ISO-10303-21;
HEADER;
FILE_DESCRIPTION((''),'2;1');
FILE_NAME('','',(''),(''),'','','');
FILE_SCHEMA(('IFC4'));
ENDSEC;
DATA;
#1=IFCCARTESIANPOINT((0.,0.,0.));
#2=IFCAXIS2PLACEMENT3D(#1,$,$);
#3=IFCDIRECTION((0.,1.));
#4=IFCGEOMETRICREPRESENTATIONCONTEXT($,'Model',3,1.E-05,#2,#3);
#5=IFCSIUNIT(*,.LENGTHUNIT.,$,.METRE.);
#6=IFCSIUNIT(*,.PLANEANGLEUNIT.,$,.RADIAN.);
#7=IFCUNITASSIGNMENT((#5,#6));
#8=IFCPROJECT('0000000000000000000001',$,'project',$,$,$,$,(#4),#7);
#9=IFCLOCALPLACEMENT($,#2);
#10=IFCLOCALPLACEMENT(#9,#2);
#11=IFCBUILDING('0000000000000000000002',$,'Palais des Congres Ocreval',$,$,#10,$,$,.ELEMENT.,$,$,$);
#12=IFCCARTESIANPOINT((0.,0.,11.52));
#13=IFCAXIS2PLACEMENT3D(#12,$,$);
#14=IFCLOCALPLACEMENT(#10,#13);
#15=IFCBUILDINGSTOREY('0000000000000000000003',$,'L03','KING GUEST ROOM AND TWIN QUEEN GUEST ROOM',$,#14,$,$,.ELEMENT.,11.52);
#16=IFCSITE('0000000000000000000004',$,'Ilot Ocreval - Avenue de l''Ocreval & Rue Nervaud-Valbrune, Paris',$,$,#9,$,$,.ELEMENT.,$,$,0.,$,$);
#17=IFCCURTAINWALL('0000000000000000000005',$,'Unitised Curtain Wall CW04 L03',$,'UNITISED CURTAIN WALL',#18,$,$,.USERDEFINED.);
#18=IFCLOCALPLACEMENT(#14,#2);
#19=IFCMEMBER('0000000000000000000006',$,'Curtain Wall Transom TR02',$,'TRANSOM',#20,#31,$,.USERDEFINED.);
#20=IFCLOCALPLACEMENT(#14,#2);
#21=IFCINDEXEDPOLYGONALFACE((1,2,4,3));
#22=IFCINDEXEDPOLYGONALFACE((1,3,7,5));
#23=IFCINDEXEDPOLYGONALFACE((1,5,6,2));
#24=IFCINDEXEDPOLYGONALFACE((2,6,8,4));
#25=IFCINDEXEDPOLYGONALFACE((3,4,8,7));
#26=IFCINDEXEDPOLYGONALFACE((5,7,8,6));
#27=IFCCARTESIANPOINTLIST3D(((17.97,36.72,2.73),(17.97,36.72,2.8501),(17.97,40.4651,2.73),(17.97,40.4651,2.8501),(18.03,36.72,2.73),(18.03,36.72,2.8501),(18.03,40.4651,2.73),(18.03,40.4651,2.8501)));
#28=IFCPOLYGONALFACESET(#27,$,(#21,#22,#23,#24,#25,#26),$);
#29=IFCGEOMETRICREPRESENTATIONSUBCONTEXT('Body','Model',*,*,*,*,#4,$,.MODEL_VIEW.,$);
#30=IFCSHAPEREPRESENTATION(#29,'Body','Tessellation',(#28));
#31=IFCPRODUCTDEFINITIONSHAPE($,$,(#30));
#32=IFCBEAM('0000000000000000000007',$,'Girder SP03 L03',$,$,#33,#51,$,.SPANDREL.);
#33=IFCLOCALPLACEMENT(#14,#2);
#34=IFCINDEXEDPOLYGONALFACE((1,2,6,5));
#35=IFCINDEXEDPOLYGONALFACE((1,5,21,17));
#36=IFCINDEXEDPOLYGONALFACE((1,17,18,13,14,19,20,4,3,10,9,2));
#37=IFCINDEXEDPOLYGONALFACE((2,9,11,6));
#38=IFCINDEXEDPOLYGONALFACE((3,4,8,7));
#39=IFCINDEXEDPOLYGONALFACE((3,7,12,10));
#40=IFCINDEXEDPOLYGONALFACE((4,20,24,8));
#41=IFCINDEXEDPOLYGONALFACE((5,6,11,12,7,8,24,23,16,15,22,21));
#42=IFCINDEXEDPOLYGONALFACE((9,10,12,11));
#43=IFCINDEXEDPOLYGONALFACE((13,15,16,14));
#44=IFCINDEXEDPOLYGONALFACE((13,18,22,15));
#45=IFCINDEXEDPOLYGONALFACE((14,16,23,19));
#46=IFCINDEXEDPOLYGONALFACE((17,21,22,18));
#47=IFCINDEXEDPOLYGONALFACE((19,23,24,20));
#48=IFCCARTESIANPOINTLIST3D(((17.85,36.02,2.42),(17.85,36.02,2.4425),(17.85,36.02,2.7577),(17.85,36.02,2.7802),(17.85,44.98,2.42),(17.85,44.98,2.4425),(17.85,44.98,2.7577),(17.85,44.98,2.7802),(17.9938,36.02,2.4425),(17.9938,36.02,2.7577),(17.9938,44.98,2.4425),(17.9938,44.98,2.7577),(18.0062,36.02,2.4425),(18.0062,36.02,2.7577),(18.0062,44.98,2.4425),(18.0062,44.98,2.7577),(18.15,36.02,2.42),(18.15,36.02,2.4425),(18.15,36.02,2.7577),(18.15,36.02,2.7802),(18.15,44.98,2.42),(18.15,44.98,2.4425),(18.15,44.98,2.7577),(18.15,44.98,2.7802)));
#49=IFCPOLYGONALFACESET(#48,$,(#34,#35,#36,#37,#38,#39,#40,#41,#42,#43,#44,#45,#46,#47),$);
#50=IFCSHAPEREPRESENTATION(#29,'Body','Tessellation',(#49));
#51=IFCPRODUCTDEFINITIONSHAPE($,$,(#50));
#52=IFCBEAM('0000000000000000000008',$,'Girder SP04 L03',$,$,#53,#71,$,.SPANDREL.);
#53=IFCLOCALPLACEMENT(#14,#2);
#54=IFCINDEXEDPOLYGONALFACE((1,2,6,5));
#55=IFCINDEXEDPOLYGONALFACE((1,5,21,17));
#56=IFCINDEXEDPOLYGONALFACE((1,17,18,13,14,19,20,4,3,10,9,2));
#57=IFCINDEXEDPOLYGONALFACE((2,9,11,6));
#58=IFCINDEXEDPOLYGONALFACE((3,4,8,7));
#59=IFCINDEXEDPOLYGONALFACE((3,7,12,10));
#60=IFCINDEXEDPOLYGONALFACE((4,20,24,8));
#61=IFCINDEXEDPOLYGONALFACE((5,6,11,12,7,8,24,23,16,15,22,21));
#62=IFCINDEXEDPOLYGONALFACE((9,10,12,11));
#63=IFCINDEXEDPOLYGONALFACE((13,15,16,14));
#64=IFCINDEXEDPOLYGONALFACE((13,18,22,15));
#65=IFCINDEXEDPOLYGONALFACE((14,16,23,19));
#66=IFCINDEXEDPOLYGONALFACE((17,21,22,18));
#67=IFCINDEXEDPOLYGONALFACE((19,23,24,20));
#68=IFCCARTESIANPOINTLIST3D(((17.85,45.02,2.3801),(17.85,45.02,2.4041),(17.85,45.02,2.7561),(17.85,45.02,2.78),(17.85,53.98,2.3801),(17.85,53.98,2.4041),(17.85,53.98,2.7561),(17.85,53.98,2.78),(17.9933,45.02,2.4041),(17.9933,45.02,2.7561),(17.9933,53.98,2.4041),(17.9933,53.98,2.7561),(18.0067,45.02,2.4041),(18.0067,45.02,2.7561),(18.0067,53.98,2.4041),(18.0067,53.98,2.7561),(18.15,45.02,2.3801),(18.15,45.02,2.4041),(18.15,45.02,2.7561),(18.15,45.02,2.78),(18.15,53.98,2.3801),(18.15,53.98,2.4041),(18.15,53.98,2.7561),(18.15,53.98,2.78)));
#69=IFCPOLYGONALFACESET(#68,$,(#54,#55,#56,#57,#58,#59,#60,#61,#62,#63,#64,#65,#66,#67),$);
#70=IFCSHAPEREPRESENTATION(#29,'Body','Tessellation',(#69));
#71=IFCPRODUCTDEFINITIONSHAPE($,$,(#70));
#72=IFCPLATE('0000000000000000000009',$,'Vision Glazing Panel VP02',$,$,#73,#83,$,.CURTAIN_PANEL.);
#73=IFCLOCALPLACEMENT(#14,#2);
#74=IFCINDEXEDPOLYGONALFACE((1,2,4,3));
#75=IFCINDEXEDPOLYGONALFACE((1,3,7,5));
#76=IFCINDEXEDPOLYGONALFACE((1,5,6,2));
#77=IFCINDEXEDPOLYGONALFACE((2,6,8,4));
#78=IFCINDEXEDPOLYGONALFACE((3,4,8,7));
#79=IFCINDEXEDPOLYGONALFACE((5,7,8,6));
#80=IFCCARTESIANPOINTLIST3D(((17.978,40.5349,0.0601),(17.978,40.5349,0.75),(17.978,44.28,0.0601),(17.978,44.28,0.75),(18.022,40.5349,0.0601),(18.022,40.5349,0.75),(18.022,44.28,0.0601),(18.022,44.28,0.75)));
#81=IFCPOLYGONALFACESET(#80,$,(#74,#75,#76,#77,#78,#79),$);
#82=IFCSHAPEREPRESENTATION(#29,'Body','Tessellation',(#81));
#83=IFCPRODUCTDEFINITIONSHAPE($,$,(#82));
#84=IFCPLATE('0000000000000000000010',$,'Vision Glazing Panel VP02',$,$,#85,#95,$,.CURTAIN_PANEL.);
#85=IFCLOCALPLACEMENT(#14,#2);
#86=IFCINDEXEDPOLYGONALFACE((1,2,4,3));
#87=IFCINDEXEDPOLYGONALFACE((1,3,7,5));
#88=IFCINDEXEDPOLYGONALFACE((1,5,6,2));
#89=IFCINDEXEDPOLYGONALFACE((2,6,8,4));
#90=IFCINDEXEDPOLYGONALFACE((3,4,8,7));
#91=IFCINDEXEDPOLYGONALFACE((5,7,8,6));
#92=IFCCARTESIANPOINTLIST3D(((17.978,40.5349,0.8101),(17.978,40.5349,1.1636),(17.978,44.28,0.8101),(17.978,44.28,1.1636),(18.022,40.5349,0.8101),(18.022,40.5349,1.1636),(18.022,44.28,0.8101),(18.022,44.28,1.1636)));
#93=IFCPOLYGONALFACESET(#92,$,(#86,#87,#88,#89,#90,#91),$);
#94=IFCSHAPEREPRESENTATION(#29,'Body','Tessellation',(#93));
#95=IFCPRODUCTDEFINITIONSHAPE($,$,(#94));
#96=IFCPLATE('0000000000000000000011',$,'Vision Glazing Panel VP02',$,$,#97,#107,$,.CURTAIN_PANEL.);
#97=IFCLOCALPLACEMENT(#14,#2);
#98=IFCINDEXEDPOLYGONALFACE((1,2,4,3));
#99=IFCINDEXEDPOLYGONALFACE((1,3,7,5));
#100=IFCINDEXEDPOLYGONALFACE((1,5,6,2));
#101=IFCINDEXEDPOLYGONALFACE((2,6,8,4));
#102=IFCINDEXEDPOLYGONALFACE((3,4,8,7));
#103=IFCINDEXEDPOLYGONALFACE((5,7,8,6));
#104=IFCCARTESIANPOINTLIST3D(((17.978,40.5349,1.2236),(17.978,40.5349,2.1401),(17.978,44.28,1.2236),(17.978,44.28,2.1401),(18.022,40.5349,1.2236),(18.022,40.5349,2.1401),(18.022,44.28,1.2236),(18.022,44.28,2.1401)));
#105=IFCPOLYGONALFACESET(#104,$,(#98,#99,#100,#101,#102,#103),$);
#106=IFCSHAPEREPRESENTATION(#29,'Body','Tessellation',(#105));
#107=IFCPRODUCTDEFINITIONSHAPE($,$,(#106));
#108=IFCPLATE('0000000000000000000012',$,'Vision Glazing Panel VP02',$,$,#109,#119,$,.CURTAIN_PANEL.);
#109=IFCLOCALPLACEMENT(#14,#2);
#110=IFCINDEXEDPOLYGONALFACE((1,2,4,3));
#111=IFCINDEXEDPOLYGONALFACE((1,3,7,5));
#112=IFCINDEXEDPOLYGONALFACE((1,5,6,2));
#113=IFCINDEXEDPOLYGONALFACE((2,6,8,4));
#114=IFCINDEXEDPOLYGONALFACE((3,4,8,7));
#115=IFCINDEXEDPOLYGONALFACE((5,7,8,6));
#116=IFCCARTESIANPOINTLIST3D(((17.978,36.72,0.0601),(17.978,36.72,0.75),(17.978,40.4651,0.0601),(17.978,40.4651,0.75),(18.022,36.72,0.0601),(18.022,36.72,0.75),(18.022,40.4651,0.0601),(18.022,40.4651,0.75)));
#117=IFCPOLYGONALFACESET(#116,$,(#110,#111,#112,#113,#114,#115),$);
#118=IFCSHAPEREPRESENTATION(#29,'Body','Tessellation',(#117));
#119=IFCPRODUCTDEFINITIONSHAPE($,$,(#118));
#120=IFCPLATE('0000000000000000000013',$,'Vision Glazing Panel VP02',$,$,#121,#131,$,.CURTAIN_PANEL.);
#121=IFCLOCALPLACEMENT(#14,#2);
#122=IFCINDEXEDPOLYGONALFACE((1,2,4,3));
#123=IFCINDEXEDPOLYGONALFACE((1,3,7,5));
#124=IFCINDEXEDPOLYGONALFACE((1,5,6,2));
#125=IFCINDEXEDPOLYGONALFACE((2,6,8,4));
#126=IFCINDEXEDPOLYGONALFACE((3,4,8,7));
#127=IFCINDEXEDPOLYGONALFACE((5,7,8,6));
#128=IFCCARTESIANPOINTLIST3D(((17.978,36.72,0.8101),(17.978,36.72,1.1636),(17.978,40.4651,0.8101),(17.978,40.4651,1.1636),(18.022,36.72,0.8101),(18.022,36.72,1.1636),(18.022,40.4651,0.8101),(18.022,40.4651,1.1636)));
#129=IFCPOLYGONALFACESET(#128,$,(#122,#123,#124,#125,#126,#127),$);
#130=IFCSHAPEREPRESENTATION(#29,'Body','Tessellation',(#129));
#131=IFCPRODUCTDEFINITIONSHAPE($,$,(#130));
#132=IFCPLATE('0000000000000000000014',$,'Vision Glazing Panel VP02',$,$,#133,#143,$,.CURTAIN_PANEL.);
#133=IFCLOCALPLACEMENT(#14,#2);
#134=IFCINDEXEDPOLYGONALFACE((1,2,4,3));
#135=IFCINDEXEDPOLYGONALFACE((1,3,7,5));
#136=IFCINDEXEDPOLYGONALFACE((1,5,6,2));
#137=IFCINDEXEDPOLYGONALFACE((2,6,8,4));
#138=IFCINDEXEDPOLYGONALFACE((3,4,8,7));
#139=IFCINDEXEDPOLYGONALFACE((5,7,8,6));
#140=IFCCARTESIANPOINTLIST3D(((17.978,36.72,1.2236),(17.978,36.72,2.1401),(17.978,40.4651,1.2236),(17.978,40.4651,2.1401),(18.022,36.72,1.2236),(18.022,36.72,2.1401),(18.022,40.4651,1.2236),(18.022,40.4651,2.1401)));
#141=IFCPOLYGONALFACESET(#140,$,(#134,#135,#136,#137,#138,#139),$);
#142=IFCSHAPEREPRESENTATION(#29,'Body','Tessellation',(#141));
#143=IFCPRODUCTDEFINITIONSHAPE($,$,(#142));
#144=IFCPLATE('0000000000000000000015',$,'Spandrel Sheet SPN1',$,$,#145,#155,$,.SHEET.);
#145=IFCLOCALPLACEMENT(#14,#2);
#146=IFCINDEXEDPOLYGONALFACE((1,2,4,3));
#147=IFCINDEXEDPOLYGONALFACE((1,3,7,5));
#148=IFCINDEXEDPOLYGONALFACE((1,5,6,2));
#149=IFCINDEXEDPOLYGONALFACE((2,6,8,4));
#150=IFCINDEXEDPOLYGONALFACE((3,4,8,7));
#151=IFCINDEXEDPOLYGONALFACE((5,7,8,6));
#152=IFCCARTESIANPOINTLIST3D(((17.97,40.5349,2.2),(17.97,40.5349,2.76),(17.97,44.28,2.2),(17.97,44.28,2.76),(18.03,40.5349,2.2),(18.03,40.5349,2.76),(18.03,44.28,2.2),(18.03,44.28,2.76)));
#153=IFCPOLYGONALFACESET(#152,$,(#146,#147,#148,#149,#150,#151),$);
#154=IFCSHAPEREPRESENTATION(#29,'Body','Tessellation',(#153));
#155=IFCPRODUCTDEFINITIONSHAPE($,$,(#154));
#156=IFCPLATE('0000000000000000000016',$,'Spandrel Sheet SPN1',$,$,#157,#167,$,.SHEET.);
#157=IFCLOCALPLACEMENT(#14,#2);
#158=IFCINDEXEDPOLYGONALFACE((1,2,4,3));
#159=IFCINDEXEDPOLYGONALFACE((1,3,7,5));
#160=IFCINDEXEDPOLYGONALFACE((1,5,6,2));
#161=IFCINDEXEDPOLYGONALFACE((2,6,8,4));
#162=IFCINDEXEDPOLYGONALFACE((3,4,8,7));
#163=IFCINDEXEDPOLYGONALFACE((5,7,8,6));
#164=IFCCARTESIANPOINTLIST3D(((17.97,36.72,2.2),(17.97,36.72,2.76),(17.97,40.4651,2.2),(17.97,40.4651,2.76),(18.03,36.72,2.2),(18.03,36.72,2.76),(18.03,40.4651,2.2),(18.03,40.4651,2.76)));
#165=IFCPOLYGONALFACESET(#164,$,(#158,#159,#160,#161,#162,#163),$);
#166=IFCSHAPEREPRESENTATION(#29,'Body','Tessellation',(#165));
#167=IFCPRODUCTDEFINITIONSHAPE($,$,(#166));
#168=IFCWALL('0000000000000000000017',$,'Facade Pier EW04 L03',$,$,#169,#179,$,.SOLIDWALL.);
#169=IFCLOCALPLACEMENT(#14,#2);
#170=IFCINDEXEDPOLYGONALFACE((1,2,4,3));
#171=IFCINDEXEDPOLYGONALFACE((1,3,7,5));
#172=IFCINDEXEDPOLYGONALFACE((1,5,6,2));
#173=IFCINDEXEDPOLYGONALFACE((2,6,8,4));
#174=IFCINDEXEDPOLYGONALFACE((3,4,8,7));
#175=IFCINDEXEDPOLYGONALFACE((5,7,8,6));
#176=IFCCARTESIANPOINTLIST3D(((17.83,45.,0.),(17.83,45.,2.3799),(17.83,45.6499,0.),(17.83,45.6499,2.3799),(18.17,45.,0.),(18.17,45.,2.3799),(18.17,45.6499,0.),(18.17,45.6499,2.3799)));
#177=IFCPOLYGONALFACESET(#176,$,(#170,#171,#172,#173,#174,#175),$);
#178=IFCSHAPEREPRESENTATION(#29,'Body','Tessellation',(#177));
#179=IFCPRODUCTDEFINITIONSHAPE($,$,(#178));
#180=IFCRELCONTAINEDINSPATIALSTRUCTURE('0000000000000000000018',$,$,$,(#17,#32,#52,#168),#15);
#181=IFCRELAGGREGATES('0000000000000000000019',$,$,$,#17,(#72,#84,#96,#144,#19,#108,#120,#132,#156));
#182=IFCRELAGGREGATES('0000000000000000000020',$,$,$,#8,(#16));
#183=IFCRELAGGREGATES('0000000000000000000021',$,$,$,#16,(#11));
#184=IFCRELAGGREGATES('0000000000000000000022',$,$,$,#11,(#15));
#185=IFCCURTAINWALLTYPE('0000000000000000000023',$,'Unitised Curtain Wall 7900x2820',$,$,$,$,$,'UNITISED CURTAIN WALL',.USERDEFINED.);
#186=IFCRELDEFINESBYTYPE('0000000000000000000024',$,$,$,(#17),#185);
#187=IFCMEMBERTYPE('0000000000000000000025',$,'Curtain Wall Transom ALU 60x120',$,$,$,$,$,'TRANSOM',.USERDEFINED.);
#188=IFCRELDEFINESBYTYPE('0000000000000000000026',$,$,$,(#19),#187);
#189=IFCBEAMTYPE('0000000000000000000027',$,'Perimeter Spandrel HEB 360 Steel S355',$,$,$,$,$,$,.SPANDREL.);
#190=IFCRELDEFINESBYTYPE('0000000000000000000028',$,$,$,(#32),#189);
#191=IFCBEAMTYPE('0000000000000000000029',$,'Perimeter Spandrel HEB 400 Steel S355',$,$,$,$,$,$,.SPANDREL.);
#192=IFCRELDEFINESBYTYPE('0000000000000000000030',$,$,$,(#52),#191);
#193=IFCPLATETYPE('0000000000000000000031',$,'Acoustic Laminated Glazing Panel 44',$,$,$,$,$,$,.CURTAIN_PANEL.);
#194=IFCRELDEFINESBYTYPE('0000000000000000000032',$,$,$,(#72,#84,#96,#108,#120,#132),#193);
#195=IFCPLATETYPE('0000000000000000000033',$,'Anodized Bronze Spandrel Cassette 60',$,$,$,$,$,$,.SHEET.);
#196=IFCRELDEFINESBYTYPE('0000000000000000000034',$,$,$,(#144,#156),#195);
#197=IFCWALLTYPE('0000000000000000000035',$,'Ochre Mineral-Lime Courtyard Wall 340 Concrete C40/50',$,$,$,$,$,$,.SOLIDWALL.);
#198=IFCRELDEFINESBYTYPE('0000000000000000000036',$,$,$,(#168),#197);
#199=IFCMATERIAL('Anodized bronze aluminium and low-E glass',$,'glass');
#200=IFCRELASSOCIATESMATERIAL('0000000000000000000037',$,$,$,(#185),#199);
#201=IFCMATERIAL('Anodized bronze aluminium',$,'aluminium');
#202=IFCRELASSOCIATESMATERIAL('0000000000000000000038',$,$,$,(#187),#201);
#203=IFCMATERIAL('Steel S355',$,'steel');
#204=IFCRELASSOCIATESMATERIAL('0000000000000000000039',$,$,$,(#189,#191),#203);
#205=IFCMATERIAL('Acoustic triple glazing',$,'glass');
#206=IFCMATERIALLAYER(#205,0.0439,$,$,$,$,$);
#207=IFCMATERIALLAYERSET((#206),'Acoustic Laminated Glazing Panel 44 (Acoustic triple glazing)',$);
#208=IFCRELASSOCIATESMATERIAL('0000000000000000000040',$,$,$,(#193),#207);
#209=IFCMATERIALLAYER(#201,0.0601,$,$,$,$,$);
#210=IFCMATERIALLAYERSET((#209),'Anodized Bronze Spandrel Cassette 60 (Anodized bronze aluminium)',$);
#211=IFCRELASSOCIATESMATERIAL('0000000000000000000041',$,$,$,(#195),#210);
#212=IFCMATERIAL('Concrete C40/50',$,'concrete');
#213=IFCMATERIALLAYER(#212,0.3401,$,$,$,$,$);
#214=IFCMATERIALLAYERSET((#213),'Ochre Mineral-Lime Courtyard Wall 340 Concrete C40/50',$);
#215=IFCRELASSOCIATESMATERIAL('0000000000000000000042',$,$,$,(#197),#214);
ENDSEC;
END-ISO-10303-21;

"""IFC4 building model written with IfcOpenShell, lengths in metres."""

from ifc_helpers import new_model, si_unit, direction, frame, frame_2d, origin, origin_2d, place, context, subcontext, project, spatial, rectangle, i_section, extrude, material, layer, layer_set, material_profile, profile_set, type_object, element, aggregate, save


model = new_model("IFC4")

# Units and contexts
model_context = context("Model", 3, precision=1e-05, world=origin(), true_north=direction((0.0, 1.0)))
body_context = subcontext(model_context, "Body", "Model", "MODEL_VIEW")
ifc_project = project(units=[si_unit("LENGTHUNIT", "METRE"), si_unit("PLANEANGLEUNIT", "RADIAN")], contexts=[model_context])

# Site, building, storey
site_placement = place(None, origin())
site = spatial("IfcSite", under=ifc_project, at=site_placement, Name="Ilot Ocreval - Avenue de l'Ocreval & Rue Nervaud-Valbrune, Paris", CompositionType="ELEMENT", RefElevation=0.0)
building_placement = place(site_placement, origin())
building = spatial("IfcBuilding", under=site, at=building_placement, Name="Palais des Congres Ocreval", CompositionType="ELEMENT")
storey_placement = place(building_placement, frame((0.0, 0.0, 11.52)))
storey = spatial("IfcBuildingStorey", under=building, at=storey_placement, Name="L03", Description="KING GUEST ROOM AND TWIN QUEEN GUEST ROOM", CompositionType="ELEMENT", Elevation=11.52)

# Shared definitions
ifc_material_1 = material(Name="Concrete C40/50", Category="concrete")

# Shared definitions
ifc_material_2 = material(Name="Anodized bronze aluminium and low-E glass", Category="glass")
curtain_wall_type = type_object("IfcCurtainWallType", Name="Unitised Curtain Wall 7900x2820", ElementType="UNITISED CURTAIN WALL", PredefinedType="USERDEFINED", material=ifc_material_2)
ifc_material_3 = material(Name="Anodized bronze aluminium", Category="aluminium")

# Curtain wall, member
curtain_wall_1_placement = place(storey_placement, origin())
curtain_wall_1 = element("IfcCurtainWall", 1, at=curtain_wall_1_placement, inside=storey, type_object=curtain_wall_type, Name="Unitised Curtain Wall CW04 L03", ObjectType="UNITISED CURTAIN WALL", PredefinedType="USERDEFINED")
ifc_material_profile_1 = material_profile(ifc_material_3, rectangle(XDim=0.0601, YDim=0.1201, at=origin_2d()), Name="ALU 60x120")
ifc_profile_set_1 = profile_set([ifc_material_profile_1], Name="Anodized bronze aluminium")
member_type_1 = type_object("IfcMemberType", Name="Curtain Wall Transom ALU 60x120", ElementType="TRANSOM", PredefinedType="USERDEFINED", material=ifc_profile_set_1)
member_1_placement = place(storey_placement, frame((18.0, 40.4651, 2.79), z_axis=(0.0, -1.0, 0.0), x_axis=(1.0, 0.0, 0.0)))
member_1 = element("IfcMember", 2, at=member_1_placement, type_object=member_type_1, Name="Curtain Wall Transom TR02", ObjectType="TRANSOM", PredefinedType="USERDEFINED", context=body_context, shape_type="SweptSolid", body=[
    extrude(rectangle(XDim=0.0601, YDim=0.1201, at=origin_2d()), origin(), (0.0, 0.0, 1.0), 3.7451),
])

# Beams
ifc_material_4 = material(Name="Steel S355", Category="steel")
ifc_material_profile_2 = material_profile(ifc_material_4, i_section(OverallWidth=0.3, OverallDepth=0.3601, WebThickness=0.0125, FlangeThickness=0.0225, at=origin_2d()), Name="HEB 360")
ifc_profile_set_2 = profile_set([ifc_material_profile_2], Name="Steel S355")
beam_type_1 = type_object("IfcBeamType", Name="Perimeter Spandrel HEB 360 Steel S355", PredefinedType="SPANDREL", material=ifc_profile_set_2)
beam_1_placement = place(storey_placement, frame((18.0, 36.02, 2.6001), z_axis=(0.0, 1.0, 0.0), x_axis=(-1.0, 0.0, 0.0)))
element("IfcBeam", 3, at=beam_1_placement, inside=storey, type_object=beam_type_1, Name="Girder SP03 L03", PredefinedType="SPANDREL", context=body_context, shape_type="SweptSolid", body=[
    extrude(i_section(OverallWidth=0.3, OverallDepth=0.3601, WebThickness=0.0125, FlangeThickness=0.0225, at=origin_2d()), origin(), (0.0, 0.0, 1.0), 8.96),
])
ifc_material_profile_3 = material_profile(ifc_material_4, i_section(OverallWidth=0.3, OverallDepth=0.3999, WebThickness=0.0134, FlangeThickness=0.0239, at=origin_2d()), Name="HEB 400")
ifc_profile_set_3 = profile_set([ifc_material_profile_3], Name="Steel S355")
beam_type_2 = type_object("IfcBeamType", Name="Perimeter Spandrel HEB 400 Steel S355", PredefinedType="SPANDREL", material=ifc_profile_set_3)
beam_2_placement = place(storey_placement, frame((18.0, 45.02, 2.5801), z_axis=(0.0, 1.0, 0.0), x_axis=(-1.0, 0.0, 0.0)))
element("IfcBeam", 4, at=beam_2_placement, inside=storey, type_object=beam_type_2, Name="Girder SP04 L03", PredefinedType="SPANDREL", context=body_context, shape_type="SweptSolid", body=[
    extrude(i_section(OverallWidth=0.3, OverallDepth=0.3999, WebThickness=0.0134, FlangeThickness=0.0239, at=origin_2d()), origin(), (0.0, 0.0, 1.0), 8.96),
])

# Plates
ifc_material_5 = material(Name="Acoustic triple glazing", Category="glass")
ifc_layer_1 = layer(ifc_material_5, 0.0439)
ifc_layer_set_1 = layer_set([ifc_layer_1], Name="Acoustic Laminated Glazing Panel 44 (Acoustic triple glazing)")
plate_type_1 = type_object("IfcPlateType", Name="Acoustic Laminated Glazing Panel 44", PredefinedType="CURTAIN_PANEL", material=ifc_layer_set_1)
plate_1_placement = place(storey_placement, frame((18.0, 42.4075, 0.0601), z_axis=(0.0, 0.0, 1.0), x_axis=(0.0, -1.0, 0.0)))
plate_1 = element("IfcPlate", 5, at=plate_1_placement, type_object=plate_type_1, Name="Vision Glazing Panel VP02", PredefinedType="CURTAIN_PANEL", context=body_context, shape_type="SweptSolid", body=[
    extrude(rectangle(XDim=3.7451, YDim=0.0439, at=origin_2d()), origin(), (0.0, 0.0, 1.0), 0.6899),
])
plate_2_placement = place(storey_placement, frame((18.0, 42.4075, 0.8101), z_axis=(0.0, 0.0, 1.0), x_axis=(0.0, -1.0, 0.0)))
plate_2 = element("IfcPlate", 6, at=plate_2_placement, type_object=plate_type_1, Name="Vision Glazing Panel VP02", PredefinedType="CURTAIN_PANEL", context=body_context, shape_type="SweptSolid", body=[
    extrude(rectangle(XDim=3.7451, YDim=0.0439, at=origin_2d()), origin(), (0.0, 0.0, 1.0), 0.3535),
])
plate_3_placement = place(storey_placement, frame((18.0, 42.4075, 1.2236), z_axis=(0.0, 0.0, 1.0), x_axis=(0.0, -1.0, 0.0)))
plate_3 = element("IfcPlate", 7, at=plate_3_placement, type_object=plate_type_1, Name="Vision Glazing Panel VP02", PredefinedType="CURTAIN_PANEL", context=body_context, shape_type="SweptSolid", body=[
    extrude(rectangle(XDim=3.7451, YDim=0.0439, at=origin_2d()), origin(), (0.0, 0.0, 1.0), 0.9165),
])
plate_4_placement = place(storey_placement, frame((18.0, 38.5925, 0.0601), z_axis=(0.0, 0.0, 1.0), x_axis=(0.0, -1.0, 0.0)))
plate_4 = element("IfcPlate", 8, at=plate_4_placement, type_object=plate_type_1, Name="Vision Glazing Panel VP02", PredefinedType="CURTAIN_PANEL", context=body_context, shape_type="SweptSolid", body=[
    extrude(rectangle(XDim=3.7451, YDim=0.0439, at=origin_2d()), origin(), (0.0, 0.0, 1.0), 0.6899),
])
plate_5_placement = place(storey_placement, frame((18.0, 38.5925, 0.8101), z_axis=(0.0, 0.0, 1.0), x_axis=(0.0, -1.0, 0.0)))
plate_5 = element("IfcPlate", 9, at=plate_5_placement, type_object=plate_type_1, Name="Vision Glazing Panel VP02", PredefinedType="CURTAIN_PANEL", context=body_context, shape_type="SweptSolid", body=[
    extrude(rectangle(XDim=3.7451, YDim=0.0439, at=origin_2d()), origin(), (0.0, 0.0, 1.0), 0.3535),
])
plate_6_placement = place(storey_placement, frame((18.0, 38.5925, 1.2236), z_axis=(0.0, 0.0, 1.0), x_axis=(0.0, -1.0, 0.0)))
plate_6 = element("IfcPlate", 10, at=plate_6_placement, type_object=plate_type_1, Name="Vision Glazing Panel VP02", PredefinedType="CURTAIN_PANEL", context=body_context, shape_type="SweptSolid", body=[
    extrude(rectangle(XDim=3.7451, YDim=0.0439, at=origin_2d()), origin(), (0.0, 0.0, 1.0), 0.9165),
])
ifc_layer_2 = layer(ifc_material_3, 0.0601)
ifc_layer_set_2 = layer_set([ifc_layer_2], Name="Anodized Bronze Spandrel Cassette 60 (Anodized bronze aluminium)")
plate_type_2 = type_object("IfcPlateType", Name="Anodized Bronze Spandrel Cassette 60", PredefinedType="SHEET", material=ifc_layer_set_2)
plate_7_placement = place(storey_placement, frame((18.0, 42.4075, 2.2), z_axis=(0.0, 0.0, 1.0), x_axis=(0.0, -1.0, 0.0)))
plate_7 = element("IfcPlate", 11, at=plate_7_placement, type_object=plate_type_2, Name="Spandrel Sheet SPN1", PredefinedType="SHEET", context=body_context, shape_type="SweptSolid", body=[
    extrude(rectangle(XDim=3.7451, YDim=0.0601, at=origin_2d()), origin(), (0.0, 0.0, 1.0), 0.5601),
])
plate_8_placement = place(storey_placement, frame((18.0, 38.5925, 2.2), z_axis=(0.0, 0.0, 1.0), x_axis=(0.0, -1.0, 0.0)))
plate_8 = element("IfcPlate", 12, at=plate_8_placement, type_object=plate_type_2, Name="Spandrel Sheet SPN1", PredefinedType="SHEET", context=body_context, shape_type="SweptSolid", body=[
    extrude(rectangle(XDim=3.7451, YDim=0.0601, at=origin_2d()), origin(), (0.0, 0.0, 1.0), 0.5601),
])
aggregate(curtain_wall_1, [plate_1, plate_2, plate_3, plate_7, member_1, plate_4, plate_5, plate_6, plate_8])

# Wall
ifc_layer_3 = layer(ifc_material_1, 0.3401)
ifc_layer_set_3 = layer_set([ifc_layer_3], Name="Ochre Mineral-Lime Courtyard Wall 340 Concrete C40/50")
wall_type = type_object("IfcWallType", Name="Ochre Mineral-Lime Courtyard Wall 340 Concrete C40/50", PredefinedType="SOLIDWALL", material=ifc_layer_set_3)
wall_1_placement = place(storey_placement, frame((18.0, 45.6499, 0.0), z_axis=(0.0, 0.0, 1.0), x_axis=(0.0, -1.0, 0.0)))
element("IfcWall", 13, at=wall_1_placement, inside=storey, type_object=wall_type, Name="Facade Pier EW04 L03", PredefinedType="SOLIDWALL", context=body_context, shape_type="SweptSolid", body=[
    extrude(rectangle(XDim=0.6499, YDim=0.3401, at=frame_2d((0.325, 0.0))), origin(), (0.0, 0.0, 1.0), 2.3799),
])

save(model, "model.ifc")
